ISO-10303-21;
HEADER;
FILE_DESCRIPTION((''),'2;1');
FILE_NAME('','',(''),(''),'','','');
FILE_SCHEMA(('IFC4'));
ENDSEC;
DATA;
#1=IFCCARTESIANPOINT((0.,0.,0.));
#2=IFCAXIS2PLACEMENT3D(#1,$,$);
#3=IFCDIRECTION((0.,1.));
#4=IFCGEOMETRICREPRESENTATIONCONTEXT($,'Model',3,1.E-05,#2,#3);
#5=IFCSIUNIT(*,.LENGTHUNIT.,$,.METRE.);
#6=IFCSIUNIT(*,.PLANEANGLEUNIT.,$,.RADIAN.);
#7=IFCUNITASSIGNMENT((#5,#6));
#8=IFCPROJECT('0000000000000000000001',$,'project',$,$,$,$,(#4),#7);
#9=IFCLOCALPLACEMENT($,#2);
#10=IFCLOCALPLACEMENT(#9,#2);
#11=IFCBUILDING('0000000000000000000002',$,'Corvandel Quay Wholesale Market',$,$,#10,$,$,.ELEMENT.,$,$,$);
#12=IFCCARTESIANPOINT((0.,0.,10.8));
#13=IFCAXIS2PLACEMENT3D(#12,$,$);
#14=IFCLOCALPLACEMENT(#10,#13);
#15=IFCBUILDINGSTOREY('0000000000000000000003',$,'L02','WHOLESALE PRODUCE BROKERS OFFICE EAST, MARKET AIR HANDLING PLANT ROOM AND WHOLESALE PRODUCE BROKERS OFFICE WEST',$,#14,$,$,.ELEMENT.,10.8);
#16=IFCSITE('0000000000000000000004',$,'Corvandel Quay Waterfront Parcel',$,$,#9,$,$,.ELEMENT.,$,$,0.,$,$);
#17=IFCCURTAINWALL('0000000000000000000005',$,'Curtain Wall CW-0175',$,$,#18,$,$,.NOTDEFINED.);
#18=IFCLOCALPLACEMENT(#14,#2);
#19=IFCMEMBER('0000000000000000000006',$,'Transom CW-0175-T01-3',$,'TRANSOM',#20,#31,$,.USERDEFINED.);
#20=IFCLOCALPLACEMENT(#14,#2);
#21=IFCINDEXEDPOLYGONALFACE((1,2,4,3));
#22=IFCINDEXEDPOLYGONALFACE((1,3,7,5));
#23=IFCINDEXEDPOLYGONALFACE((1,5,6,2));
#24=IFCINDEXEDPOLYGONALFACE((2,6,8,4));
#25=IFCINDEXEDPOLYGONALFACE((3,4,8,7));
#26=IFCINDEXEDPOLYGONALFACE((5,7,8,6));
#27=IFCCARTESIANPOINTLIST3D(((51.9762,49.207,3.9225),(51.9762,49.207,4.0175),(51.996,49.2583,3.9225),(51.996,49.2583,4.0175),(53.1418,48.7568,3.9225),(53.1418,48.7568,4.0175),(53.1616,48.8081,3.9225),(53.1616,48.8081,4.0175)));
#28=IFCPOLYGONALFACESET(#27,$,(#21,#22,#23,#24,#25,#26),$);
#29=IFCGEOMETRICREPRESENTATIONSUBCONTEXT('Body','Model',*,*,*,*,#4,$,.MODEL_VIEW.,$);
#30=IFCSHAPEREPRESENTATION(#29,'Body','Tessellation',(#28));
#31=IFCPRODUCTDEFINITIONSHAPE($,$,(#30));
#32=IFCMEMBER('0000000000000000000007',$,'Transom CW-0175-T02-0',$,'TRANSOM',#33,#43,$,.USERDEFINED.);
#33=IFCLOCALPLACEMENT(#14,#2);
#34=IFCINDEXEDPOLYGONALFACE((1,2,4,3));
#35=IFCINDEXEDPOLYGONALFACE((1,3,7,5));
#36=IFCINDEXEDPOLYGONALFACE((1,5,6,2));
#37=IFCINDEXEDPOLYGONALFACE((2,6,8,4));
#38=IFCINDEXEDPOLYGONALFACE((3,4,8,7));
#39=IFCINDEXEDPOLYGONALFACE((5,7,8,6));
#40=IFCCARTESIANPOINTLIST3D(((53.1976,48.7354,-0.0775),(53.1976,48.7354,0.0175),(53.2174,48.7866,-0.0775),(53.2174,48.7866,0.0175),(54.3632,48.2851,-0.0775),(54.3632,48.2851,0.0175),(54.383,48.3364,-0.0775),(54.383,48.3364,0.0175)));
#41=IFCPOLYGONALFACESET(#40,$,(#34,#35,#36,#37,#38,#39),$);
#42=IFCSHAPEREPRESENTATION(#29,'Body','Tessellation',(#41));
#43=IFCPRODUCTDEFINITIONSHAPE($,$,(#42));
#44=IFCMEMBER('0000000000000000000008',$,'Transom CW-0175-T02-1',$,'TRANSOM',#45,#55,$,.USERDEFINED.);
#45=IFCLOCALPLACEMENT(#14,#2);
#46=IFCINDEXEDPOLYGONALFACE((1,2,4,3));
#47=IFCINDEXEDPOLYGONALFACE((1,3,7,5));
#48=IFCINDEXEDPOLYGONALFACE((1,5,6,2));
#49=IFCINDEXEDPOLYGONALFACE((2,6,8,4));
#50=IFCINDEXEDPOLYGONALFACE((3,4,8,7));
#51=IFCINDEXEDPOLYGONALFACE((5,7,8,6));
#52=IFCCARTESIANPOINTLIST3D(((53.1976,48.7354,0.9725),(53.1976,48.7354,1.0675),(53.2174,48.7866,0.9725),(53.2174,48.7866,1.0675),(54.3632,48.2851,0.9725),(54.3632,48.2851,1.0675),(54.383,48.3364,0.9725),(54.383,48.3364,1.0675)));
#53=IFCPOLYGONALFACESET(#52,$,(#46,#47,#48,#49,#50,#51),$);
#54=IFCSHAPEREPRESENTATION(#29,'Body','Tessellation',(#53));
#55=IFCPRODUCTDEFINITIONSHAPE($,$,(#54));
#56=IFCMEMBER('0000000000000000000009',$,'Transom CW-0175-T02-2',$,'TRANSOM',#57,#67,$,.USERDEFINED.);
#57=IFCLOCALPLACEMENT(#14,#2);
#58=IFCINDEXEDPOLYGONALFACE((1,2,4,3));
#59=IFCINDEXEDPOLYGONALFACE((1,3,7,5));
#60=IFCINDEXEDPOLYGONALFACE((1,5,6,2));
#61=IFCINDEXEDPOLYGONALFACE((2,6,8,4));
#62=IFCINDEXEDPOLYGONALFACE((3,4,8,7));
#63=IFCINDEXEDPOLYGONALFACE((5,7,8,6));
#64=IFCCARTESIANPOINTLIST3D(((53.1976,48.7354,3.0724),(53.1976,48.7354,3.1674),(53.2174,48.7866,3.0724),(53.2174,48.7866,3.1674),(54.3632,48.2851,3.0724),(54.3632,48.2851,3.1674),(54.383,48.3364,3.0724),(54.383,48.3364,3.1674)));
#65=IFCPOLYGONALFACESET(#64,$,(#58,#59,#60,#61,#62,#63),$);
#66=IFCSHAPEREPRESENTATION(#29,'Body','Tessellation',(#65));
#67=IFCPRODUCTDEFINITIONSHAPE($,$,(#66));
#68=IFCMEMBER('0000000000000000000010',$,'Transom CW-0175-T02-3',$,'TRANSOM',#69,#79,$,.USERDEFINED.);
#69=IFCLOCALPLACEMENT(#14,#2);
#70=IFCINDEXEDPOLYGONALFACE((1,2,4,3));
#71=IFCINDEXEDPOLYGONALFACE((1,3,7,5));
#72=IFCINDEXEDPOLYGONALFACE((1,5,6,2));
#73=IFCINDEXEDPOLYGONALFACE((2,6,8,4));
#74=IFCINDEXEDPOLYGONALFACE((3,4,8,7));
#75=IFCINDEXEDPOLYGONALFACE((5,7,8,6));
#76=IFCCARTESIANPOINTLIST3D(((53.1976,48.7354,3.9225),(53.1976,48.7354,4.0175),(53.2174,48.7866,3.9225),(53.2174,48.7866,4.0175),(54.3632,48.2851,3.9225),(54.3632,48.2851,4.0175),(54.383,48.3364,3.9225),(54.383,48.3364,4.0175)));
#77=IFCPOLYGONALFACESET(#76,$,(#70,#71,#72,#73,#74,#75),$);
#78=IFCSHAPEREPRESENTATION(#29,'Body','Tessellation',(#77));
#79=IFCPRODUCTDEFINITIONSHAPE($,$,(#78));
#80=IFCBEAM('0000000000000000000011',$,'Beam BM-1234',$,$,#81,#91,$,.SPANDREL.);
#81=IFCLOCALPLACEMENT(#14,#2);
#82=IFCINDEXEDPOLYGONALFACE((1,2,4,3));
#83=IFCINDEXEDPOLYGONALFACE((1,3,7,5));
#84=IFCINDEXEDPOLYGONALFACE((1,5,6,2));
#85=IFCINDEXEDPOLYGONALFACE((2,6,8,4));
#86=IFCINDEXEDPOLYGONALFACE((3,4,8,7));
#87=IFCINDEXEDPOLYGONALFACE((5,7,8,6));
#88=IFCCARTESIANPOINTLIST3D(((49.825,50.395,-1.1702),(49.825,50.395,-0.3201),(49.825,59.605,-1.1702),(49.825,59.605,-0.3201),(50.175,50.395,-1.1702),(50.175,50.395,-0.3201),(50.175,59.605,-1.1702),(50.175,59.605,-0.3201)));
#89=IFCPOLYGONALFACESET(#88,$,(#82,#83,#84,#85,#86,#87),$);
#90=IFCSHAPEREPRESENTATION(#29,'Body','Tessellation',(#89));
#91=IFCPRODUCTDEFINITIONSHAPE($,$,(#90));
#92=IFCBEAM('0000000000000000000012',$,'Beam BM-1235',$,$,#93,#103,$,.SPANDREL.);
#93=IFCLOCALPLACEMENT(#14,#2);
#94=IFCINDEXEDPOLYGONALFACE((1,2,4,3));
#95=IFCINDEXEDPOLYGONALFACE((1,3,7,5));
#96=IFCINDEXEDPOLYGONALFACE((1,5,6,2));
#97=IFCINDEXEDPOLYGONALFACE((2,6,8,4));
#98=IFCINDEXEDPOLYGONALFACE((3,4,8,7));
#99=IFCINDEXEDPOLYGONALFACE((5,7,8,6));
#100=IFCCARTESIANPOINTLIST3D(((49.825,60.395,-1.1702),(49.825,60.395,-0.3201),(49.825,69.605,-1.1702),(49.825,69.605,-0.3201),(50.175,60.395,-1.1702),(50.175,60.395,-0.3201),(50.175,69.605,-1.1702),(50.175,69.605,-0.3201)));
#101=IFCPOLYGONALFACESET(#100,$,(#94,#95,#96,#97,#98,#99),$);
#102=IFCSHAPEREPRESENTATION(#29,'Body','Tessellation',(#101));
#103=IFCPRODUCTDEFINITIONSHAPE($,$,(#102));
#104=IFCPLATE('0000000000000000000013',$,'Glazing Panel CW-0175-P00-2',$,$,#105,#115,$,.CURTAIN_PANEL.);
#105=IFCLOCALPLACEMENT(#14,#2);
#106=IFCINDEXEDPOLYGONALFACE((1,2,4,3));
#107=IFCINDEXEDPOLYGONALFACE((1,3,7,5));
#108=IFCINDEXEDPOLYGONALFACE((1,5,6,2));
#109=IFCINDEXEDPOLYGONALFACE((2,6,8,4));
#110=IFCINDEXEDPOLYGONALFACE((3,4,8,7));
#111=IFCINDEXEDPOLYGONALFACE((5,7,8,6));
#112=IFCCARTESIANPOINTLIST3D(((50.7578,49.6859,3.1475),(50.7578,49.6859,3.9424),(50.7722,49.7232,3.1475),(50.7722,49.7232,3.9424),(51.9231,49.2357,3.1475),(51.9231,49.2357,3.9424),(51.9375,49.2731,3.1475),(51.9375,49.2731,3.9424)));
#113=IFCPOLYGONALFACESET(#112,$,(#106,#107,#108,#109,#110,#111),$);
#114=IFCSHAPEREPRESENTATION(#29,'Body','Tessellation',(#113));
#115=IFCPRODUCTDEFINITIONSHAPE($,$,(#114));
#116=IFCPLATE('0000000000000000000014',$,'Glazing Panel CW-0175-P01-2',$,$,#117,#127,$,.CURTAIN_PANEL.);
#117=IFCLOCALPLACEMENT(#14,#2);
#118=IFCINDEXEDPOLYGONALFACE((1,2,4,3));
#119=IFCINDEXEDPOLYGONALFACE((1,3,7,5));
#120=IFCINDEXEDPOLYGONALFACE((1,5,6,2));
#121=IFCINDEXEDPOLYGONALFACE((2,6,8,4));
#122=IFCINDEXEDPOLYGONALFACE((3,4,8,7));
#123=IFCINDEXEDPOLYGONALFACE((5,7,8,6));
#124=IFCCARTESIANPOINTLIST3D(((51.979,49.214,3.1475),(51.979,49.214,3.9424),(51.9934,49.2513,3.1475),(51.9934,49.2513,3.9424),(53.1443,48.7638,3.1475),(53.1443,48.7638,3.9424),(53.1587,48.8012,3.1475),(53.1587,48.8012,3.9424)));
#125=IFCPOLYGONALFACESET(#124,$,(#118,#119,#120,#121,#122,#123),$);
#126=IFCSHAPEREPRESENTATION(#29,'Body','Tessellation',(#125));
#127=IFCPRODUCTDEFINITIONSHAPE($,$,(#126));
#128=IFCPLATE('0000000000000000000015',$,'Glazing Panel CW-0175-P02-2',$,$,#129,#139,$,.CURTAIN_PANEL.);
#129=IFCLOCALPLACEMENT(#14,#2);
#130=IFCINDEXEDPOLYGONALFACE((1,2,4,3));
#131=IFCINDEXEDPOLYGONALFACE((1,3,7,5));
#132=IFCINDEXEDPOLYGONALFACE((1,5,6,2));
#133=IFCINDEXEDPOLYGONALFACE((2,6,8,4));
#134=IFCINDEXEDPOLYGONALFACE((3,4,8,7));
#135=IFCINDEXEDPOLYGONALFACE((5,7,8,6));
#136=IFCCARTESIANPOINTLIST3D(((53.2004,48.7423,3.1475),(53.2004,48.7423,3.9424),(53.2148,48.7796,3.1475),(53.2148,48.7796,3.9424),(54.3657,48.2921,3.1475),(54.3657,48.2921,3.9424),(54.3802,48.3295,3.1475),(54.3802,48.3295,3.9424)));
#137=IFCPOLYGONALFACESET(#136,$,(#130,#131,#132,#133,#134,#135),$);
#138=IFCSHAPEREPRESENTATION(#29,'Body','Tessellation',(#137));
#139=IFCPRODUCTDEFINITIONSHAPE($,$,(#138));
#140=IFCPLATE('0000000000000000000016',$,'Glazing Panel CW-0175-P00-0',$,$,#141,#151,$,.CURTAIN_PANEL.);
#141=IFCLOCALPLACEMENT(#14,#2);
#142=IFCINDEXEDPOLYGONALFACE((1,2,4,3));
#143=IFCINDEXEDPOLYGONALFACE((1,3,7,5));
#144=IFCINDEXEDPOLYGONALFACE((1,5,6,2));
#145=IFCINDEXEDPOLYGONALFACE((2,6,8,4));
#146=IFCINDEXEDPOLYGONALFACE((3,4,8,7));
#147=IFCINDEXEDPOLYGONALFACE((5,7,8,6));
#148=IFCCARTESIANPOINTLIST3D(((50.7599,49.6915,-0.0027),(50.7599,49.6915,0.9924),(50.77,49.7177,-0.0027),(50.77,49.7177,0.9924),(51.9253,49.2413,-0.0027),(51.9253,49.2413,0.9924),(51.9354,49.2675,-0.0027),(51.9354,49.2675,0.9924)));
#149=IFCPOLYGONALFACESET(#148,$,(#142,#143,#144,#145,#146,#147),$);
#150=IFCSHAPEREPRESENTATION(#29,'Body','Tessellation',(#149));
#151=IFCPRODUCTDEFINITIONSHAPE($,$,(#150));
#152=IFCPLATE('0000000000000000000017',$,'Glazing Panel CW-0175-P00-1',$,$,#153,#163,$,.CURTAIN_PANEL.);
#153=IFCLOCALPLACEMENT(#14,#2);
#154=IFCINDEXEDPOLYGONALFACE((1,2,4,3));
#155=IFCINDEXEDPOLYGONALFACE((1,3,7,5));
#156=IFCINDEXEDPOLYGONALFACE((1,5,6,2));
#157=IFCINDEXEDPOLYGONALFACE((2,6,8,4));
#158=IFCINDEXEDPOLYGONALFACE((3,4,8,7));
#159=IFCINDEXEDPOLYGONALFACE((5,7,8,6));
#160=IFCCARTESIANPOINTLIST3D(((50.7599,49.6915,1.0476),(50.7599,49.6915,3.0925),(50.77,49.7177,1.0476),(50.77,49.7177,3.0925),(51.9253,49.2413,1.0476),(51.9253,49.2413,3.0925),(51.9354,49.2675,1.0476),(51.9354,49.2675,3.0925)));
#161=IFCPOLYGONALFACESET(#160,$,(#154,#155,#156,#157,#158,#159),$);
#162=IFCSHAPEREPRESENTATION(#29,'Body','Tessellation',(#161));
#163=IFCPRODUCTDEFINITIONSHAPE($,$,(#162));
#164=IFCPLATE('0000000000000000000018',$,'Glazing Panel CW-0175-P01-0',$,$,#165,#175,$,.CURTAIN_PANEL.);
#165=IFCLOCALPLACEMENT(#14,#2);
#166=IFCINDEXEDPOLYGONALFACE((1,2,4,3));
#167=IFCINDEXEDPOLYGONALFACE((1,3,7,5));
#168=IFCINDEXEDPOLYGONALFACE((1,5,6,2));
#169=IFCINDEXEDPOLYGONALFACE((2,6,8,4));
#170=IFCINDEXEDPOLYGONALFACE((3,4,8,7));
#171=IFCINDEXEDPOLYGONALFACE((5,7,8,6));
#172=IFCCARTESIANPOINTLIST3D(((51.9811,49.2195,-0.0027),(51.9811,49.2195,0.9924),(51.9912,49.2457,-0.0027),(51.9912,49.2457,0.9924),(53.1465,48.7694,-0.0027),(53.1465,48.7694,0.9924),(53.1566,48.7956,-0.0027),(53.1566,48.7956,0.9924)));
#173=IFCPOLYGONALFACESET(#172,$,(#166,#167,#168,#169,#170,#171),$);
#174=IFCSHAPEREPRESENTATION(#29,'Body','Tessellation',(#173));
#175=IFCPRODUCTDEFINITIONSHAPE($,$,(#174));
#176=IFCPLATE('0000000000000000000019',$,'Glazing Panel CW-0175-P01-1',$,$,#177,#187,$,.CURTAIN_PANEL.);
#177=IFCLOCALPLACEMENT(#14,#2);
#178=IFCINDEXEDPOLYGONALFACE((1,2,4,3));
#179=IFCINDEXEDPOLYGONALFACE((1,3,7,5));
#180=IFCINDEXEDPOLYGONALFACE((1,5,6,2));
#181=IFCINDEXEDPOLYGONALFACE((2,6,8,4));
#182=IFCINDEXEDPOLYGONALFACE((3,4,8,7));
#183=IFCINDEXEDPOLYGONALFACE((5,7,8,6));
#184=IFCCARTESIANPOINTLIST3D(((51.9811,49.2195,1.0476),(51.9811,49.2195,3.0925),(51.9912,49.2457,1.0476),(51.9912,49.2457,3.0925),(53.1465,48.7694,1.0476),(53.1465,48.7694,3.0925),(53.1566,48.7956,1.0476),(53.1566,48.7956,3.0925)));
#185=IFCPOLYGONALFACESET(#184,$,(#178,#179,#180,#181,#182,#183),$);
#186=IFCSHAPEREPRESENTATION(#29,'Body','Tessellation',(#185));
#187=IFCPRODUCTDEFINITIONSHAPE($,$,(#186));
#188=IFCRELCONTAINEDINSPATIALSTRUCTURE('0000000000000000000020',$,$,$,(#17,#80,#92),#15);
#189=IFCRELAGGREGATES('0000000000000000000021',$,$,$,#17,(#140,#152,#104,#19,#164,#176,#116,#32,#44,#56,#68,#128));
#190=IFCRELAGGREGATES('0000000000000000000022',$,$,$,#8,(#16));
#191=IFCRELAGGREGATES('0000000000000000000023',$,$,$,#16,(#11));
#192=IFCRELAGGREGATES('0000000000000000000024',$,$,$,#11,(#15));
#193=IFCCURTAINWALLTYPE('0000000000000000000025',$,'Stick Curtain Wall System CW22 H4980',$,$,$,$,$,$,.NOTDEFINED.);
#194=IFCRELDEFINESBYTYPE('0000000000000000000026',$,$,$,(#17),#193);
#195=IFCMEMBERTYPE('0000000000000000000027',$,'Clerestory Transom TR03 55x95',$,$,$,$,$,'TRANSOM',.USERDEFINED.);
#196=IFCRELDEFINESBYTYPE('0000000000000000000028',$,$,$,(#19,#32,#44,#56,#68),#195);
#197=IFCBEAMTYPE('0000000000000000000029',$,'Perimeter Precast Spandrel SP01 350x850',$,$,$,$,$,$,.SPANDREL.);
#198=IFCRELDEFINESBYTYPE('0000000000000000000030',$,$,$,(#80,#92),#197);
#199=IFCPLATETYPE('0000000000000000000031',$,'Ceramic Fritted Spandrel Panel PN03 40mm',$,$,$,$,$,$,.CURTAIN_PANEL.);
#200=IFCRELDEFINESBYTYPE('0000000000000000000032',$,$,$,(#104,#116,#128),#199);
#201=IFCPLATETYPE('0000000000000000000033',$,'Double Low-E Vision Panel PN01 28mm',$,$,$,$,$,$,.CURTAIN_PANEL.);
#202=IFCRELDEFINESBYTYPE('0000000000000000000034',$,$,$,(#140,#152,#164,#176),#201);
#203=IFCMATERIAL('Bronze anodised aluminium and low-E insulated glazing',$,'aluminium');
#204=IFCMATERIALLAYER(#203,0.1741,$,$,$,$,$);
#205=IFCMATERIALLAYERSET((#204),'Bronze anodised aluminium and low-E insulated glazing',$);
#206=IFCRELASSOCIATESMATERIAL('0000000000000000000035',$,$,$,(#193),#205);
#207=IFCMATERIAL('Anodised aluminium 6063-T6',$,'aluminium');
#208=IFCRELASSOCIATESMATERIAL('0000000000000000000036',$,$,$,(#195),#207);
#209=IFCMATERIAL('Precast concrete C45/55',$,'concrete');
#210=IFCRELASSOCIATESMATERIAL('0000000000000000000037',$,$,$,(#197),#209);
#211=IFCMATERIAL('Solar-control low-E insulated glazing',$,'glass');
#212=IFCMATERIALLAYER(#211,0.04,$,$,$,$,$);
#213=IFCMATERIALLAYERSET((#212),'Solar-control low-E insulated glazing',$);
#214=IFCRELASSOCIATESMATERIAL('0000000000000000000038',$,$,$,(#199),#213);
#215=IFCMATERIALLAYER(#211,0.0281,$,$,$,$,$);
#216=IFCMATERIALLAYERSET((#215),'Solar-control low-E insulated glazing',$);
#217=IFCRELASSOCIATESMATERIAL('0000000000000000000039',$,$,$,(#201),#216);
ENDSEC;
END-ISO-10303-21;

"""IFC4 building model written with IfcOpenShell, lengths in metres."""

from ifc_helpers import new_model, si_unit, direction, frame, origin, origin_2d, place, context, subcontext, project, spatial, rectangle, extrude, material, layer, layer_set, material_profile, profile_set, type_object, element, aggregate, save


model = new_model("IFC4")

# Units and contexts
model_context = context("Model", 3, precision=1e-05, world=origin(), true_north=direction((0.0, 1.0)))
body_context = subcontext(model_context, "Body", "Model", "MODEL_VIEW")
ifc_project = project(units=[si_unit("LENGTHUNIT", "METRE"), si_unit("PLANEANGLEUNIT", "RADIAN")], contexts=[model_context])

# Site, building, storey
site_placement = place(None, origin())
site = spatial("IfcSite", under=ifc_project, at=site_placement, Name="Corvandel Quay Waterfront Parcel", CompositionType="ELEMENT", RefElevation=0.0)
building_placement = place(site_placement, origin())
building = spatial("IfcBuilding", under=site, at=building_placement, Name="Corvandel Quay Wholesale Market", CompositionType="ELEMENT")
storey_placement = place(building_placement, frame((0.0, 0.0, 10.8)))
storey = spatial("IfcBuildingStorey", under=building, at=storey_placement, Name="L02", Description="WHOLESALE PRODUCE BROKERS OFFICE EAST, MARKET AIR HANDLING PLANT ROOM AND WHOLESALE PRODUCE BROKERS OFFICE WEST", CompositionType="ELEMENT", Elevation=10.8)

# Shared definitions
ifc_material_1 = material(Name="Precast concrete C45/55", Category="concrete")

# Curtain wall, members
ifc_material_2 = material(Name="Bronze anodised aluminium and low-E insulated glazing", Category="aluminium")
ifc_layer_1 = layer(ifc_material_2, 0.1741)
ifc_layer_set_1 = layer_set([ifc_layer_1], Name="Bronze anodised aluminium and low-E insulated glazing")
curtain_wall_type = type_object("IfcCurtainWallType", Name="Stick Curtain Wall System CW22 H4980", PredefinedType="NOTDEFINED", material=ifc_layer_set_1)
curtain_wall_placement = place(storey_placement, origin())
curtain_wall = element("IfcCurtainWall", 1, at=curtain_wall_placement, inside=storey, type_object=curtain_wall_type, Name="Curtain Wall CW-0175", PredefinedType="NOTDEFINED")
ifc_material_3 = material(Name="Anodised aluminium 6063-T6", Category="aluminium")
ifc_material_profile_1 = material_profile(ifc_material_3, rectangle(XDim=0.0549, YDim=0.095, at=origin_2d()), Name="ALU-TRN-55x95")
ifc_profile_set_1 = profile_set([ifc_material_profile_1], Name="Anodised aluminium 6063-T6")
member_type_1 = type_object("IfcMemberType", Name="Clerestory Transom TR03 55x95", ElementType="TRANSOM", PredefinedType="USERDEFINED", material=ifc_profile_set_1)
member_1_placement = place(storey_placement, frame((51.9861, 49.2327, 3.97), z_axis=(0.932831, -0.360314, 0.0), x_axis=(0.360314, 0.932831, 0.0)))
member_1 = element("IfcMember", 2, at=member_1_placement, type_object=member_type_1, Name="Transom CW-0175-T01-3", ObjectType="TRANSOM", PredefinedType="USERDEFINED", context=body_context, shape_type="SweptSolid", body=[
    extrude(rectangle(XDim=0.0549, YDim=0.095, at=origin_2d()), origin(), (0.0, 0.0, 1.0), 1.2495),
])
member_2_placement = place(storey_placement, frame((53.2075, 48.761, -0.03), z_axis=(0.932831, -0.360314, 0.0), x_axis=(0.360314, 0.932831, 0.0)))
member_2 = element("IfcMember", 3, at=member_2_placement, type_object=member_type_1, Name="Transom CW-0175-T02-0", ObjectType="TRANSOM", PredefinedType="USERDEFINED", context=body_context, shape_type="SweptSolid", body=[
    extrude(rectangle(XDim=0.0549, YDim=0.095, at=origin_2d()), origin(), (0.0, 0.0, 1.0), 1.2495),
])
member_3_placement = place(storey_placement, frame((53.2075, 48.761, 1.02), z_axis=(0.932831, -0.360314, 0.0), x_axis=(0.360314, 0.932831, 0.0)))
member_3 = element("IfcMember", 4, at=member_3_placement, type_object=member_type_1, Name="Transom CW-0175-T02-1", ObjectType="TRANSOM", PredefinedType="USERDEFINED", context=body_context, shape_type="SweptSolid", body=[
    extrude(rectangle(XDim=0.0549, YDim=0.095, at=origin_2d()), origin(), (0.0, 0.0, 1.0), 1.2495),
])
member_4_placement = place(storey_placement, frame((53.2075, 48.761, 3.1199), z_axis=(0.932831, -0.360314, 0.0), x_axis=(0.360314, 0.932831, 0.0)))
member_4 = element("IfcMember", 5, at=member_4_placement, type_object=member_type_1, Name="Transom CW-0175-T02-2", ObjectType="TRANSOM", PredefinedType="USERDEFINED", context=body_context, shape_type="SweptSolid", body=[
    extrude(rectangle(XDim=0.0549, YDim=0.095, at=origin_2d()), origin(), (0.0, 0.0, 1.0), 1.2495),
])
member_5_placement = place(storey_placement, frame((53.2075, 48.761, 3.97), z_axis=(0.932831, -0.360314, 0.0), x_axis=(0.360314, 0.932831, 0.0)))
member_5 = element("IfcMember", 6, at=member_5_placement, type_object=member_type_1, Name="Transom CW-0175-T02-3", ObjectType="TRANSOM", PredefinedType="USERDEFINED", context=body_context, shape_type="SweptSolid", body=[
    extrude(rectangle(XDim=0.0549, YDim=0.095, at=origin_2d()), origin(), (0.0, 0.0, 1.0), 1.2495),
])

# Beams
ifc_material_profile_2 = material_profile(ifc_material_1, rectangle(XDim=0.3501, YDim=0.8501, at=origin_2d()), Name="PC-SPN-350x850")
ifc_profile_set_2 = profile_set([ifc_material_profile_2], Name="Precast concrete C45/55")
beam_type_1 = type_object("IfcBeamType", Name="Perimeter Precast Spandrel SP01 350x850", PredefinedType="SPANDREL", material=ifc_profile_set_2)
for number, where, z_axis, x_axis, name in (
    (7, (50.0, 50.395, -0.7451), (0.0, 1.0, 0.0), (-1.0, 0.0, 0.0), "Beam BM-1234"),
    (8, (50.0, 60.395, -0.7451), (0.0, 1.0, 0.0), (-1.0, 0.0, 0.0), "Beam BM-1235"),
):
    element("IfcBeam", number, at=place(storey_placement, frame(where, z_axis=z_axis, x_axis=x_axis)), inside=storey, type_object=beam_type_1, Name=name, PredefinedType="SPANDREL", context=body_context, shape_type="SweptSolid", body=[
        extrude(rectangle(XDim=0.3501, YDim=0.8501, at=origin_2d()), origin(), (0.0, 0.0, 1.0), 9.21),
    ])

# Plates
ifc_material_4 = material(Name="Solar-control low-E insulated glazing", Category="glass")
ifc_layer_2 = layer(ifc_material_4, 0.04)
ifc_layer_set_2 = layer_set([ifc_layer_2], Name="Solar-control low-E insulated glazing")
plate_type_1 = type_object("IfcPlateType", Name="Ceramic Fritted Spandrel Panel PN03 40mm", PredefinedType="CURTAIN_PANEL", material=ifc_layer_set_2)
plate_1_placement = place(storey_placement, frame((51.3477, 49.4795, 3.1475), z_axis=(0.0, 0.0, 1.0), x_axis=(-0.932828, 0.360322, 0.0)))
plate_1 = element("IfcPlate", 9, at=plate_1_placement, type_object=plate_type_1, Name="Glazing Panel CW-0175-P00-2", PredefinedType="CURTAIN_PANEL", context=body_context, shape_type="SweptSolid", body=[
    extrude(rectangle(XDim=1.2493, YDim=0.04, at=origin_2d()), origin(), (0.0, 0.0, 1.0), 0.7949),
])
plate_2_placement = place(storey_placement, frame((52.5688, 49.0076, 3.1475), z_axis=(0.0, 0.0, 1.0), x_axis=(-0.932828, 0.360322, 0.0)))
plate_2 = element("IfcPlate", 10, at=plate_2_placement, type_object=plate_type_1, Name="Glazing Panel CW-0175-P01-2", PredefinedType="CURTAIN_PANEL", context=body_context, shape_type="SweptSolid", body=[
    extrude(rectangle(XDim=1.2493, YDim=0.04, at=origin_2d()), origin(), (0.0, 0.0, 1.0), 0.7949),
])
plate_3_placement = place(storey_placement, frame((53.7903, 48.5359, 3.1475), z_axis=(0.0, 0.0, 1.0), x_axis=(-0.932828, 0.360322, 0.0)))
plate_3 = element("IfcPlate", 11, at=plate_3_placement, type_object=plate_type_1, Name="Glazing Panel CW-0175-P02-2", PredefinedType="CURTAIN_PANEL", context=body_context, shape_type="SweptSolid", body=[
    extrude(rectangle(XDim=1.2493, YDim=0.04, at=origin_2d()), origin(), (0.0, 0.0, 1.0), 0.7949),
])
ifc_layer_3 = layer(ifc_material_4, 0.0281)
ifc_layer_set_3 = layer_set([ifc_layer_3], Name="Solar-control low-E insulated glazing")
plate_type_2 = type_object("IfcPlateType", Name="Double Low-E Vision Panel PN01 28mm", PredefinedType="CURTAIN_PANEL", material=ifc_layer_set_3)
plate_4_placement = place(storey_placement, frame((51.3477, 49.4795, -0.0027), z_axis=(0.0, 0.0, 1.0), x_axis=(-0.932828, 0.360322, 0.0)))
plate_4 = element("IfcPlate", 12, at=plate_4_placement, type_object=plate_type_2, Name="Glazing Panel CW-0175-P00-0", PredefinedType="CURTAIN_PANEL", context=body_context, shape_type="SweptSolid", body=[
    extrude(rectangle(XDim=1.2493, YDim=0.0281, at=origin_2d()), origin(), (0.0, 0.0, 1.0), 0.9951),
])
plate_5_placement = place(storey_placement, frame((51.3477, 49.4795, 1.0476), z_axis=(0.0, 0.0, 1.0), x_axis=(-0.932828, 0.360322, 0.0)))
plate_5 = element("IfcPlate", 13, at=plate_5_placement, type_object=plate_type_2, Name="Glazing Panel CW-0175-P00-1", PredefinedType="CURTAIN_PANEL", context=body_context, shape_type="SweptSolid", body=[
    extrude(rectangle(XDim=1.2493, YDim=0.0281, at=origin_2d()), origin(), (0.0, 0.0, 1.0), 2.0449),
])
plate_6_placement = place(storey_placement, frame((52.5688, 49.0076, -0.0027), z_axis=(0.0, 0.0, 1.0), x_axis=(-0.932828, 0.360322, 0.0)))
plate_6 = element("IfcPlate", 14, at=plate_6_placement, type_object=plate_type_2, Name="Glazing Panel CW-0175-P01-0", PredefinedType="CURTAIN_PANEL", context=body_context, shape_type="SweptSolid", body=[
    extrude(rectangle(XDim=1.2493, YDim=0.0281, at=origin_2d()), origin(), (0.0, 0.0, 1.0), 0.9951),
])
plate_7_placement = place(storey_placement, frame((52.5688, 49.0076, 1.0476), z_axis=(0.0, 0.0, 1.0), x_axis=(-0.932828, 0.360322, 0.0)))
plate_7 = element("IfcPlate", 15, at=plate_7_placement, type_object=plate_type_2, Name="Glazing Panel CW-0175-P01-1", PredefinedType="CURTAIN_PANEL", context=body_context, shape_type="SweptSolid", body=[
    extrude(rectangle(XDim=1.2493, YDim=0.0281, at=origin_2d()), origin(), (0.0, 0.0, 1.0), 2.0449),
])
aggregate(curtain_wall, [plate_4, plate_5, plate_1, member_1, plate_6, plate_7, plate_2, member_2, member_3, member_4, member_5, plate_3])

save(model, "model.ifc")
